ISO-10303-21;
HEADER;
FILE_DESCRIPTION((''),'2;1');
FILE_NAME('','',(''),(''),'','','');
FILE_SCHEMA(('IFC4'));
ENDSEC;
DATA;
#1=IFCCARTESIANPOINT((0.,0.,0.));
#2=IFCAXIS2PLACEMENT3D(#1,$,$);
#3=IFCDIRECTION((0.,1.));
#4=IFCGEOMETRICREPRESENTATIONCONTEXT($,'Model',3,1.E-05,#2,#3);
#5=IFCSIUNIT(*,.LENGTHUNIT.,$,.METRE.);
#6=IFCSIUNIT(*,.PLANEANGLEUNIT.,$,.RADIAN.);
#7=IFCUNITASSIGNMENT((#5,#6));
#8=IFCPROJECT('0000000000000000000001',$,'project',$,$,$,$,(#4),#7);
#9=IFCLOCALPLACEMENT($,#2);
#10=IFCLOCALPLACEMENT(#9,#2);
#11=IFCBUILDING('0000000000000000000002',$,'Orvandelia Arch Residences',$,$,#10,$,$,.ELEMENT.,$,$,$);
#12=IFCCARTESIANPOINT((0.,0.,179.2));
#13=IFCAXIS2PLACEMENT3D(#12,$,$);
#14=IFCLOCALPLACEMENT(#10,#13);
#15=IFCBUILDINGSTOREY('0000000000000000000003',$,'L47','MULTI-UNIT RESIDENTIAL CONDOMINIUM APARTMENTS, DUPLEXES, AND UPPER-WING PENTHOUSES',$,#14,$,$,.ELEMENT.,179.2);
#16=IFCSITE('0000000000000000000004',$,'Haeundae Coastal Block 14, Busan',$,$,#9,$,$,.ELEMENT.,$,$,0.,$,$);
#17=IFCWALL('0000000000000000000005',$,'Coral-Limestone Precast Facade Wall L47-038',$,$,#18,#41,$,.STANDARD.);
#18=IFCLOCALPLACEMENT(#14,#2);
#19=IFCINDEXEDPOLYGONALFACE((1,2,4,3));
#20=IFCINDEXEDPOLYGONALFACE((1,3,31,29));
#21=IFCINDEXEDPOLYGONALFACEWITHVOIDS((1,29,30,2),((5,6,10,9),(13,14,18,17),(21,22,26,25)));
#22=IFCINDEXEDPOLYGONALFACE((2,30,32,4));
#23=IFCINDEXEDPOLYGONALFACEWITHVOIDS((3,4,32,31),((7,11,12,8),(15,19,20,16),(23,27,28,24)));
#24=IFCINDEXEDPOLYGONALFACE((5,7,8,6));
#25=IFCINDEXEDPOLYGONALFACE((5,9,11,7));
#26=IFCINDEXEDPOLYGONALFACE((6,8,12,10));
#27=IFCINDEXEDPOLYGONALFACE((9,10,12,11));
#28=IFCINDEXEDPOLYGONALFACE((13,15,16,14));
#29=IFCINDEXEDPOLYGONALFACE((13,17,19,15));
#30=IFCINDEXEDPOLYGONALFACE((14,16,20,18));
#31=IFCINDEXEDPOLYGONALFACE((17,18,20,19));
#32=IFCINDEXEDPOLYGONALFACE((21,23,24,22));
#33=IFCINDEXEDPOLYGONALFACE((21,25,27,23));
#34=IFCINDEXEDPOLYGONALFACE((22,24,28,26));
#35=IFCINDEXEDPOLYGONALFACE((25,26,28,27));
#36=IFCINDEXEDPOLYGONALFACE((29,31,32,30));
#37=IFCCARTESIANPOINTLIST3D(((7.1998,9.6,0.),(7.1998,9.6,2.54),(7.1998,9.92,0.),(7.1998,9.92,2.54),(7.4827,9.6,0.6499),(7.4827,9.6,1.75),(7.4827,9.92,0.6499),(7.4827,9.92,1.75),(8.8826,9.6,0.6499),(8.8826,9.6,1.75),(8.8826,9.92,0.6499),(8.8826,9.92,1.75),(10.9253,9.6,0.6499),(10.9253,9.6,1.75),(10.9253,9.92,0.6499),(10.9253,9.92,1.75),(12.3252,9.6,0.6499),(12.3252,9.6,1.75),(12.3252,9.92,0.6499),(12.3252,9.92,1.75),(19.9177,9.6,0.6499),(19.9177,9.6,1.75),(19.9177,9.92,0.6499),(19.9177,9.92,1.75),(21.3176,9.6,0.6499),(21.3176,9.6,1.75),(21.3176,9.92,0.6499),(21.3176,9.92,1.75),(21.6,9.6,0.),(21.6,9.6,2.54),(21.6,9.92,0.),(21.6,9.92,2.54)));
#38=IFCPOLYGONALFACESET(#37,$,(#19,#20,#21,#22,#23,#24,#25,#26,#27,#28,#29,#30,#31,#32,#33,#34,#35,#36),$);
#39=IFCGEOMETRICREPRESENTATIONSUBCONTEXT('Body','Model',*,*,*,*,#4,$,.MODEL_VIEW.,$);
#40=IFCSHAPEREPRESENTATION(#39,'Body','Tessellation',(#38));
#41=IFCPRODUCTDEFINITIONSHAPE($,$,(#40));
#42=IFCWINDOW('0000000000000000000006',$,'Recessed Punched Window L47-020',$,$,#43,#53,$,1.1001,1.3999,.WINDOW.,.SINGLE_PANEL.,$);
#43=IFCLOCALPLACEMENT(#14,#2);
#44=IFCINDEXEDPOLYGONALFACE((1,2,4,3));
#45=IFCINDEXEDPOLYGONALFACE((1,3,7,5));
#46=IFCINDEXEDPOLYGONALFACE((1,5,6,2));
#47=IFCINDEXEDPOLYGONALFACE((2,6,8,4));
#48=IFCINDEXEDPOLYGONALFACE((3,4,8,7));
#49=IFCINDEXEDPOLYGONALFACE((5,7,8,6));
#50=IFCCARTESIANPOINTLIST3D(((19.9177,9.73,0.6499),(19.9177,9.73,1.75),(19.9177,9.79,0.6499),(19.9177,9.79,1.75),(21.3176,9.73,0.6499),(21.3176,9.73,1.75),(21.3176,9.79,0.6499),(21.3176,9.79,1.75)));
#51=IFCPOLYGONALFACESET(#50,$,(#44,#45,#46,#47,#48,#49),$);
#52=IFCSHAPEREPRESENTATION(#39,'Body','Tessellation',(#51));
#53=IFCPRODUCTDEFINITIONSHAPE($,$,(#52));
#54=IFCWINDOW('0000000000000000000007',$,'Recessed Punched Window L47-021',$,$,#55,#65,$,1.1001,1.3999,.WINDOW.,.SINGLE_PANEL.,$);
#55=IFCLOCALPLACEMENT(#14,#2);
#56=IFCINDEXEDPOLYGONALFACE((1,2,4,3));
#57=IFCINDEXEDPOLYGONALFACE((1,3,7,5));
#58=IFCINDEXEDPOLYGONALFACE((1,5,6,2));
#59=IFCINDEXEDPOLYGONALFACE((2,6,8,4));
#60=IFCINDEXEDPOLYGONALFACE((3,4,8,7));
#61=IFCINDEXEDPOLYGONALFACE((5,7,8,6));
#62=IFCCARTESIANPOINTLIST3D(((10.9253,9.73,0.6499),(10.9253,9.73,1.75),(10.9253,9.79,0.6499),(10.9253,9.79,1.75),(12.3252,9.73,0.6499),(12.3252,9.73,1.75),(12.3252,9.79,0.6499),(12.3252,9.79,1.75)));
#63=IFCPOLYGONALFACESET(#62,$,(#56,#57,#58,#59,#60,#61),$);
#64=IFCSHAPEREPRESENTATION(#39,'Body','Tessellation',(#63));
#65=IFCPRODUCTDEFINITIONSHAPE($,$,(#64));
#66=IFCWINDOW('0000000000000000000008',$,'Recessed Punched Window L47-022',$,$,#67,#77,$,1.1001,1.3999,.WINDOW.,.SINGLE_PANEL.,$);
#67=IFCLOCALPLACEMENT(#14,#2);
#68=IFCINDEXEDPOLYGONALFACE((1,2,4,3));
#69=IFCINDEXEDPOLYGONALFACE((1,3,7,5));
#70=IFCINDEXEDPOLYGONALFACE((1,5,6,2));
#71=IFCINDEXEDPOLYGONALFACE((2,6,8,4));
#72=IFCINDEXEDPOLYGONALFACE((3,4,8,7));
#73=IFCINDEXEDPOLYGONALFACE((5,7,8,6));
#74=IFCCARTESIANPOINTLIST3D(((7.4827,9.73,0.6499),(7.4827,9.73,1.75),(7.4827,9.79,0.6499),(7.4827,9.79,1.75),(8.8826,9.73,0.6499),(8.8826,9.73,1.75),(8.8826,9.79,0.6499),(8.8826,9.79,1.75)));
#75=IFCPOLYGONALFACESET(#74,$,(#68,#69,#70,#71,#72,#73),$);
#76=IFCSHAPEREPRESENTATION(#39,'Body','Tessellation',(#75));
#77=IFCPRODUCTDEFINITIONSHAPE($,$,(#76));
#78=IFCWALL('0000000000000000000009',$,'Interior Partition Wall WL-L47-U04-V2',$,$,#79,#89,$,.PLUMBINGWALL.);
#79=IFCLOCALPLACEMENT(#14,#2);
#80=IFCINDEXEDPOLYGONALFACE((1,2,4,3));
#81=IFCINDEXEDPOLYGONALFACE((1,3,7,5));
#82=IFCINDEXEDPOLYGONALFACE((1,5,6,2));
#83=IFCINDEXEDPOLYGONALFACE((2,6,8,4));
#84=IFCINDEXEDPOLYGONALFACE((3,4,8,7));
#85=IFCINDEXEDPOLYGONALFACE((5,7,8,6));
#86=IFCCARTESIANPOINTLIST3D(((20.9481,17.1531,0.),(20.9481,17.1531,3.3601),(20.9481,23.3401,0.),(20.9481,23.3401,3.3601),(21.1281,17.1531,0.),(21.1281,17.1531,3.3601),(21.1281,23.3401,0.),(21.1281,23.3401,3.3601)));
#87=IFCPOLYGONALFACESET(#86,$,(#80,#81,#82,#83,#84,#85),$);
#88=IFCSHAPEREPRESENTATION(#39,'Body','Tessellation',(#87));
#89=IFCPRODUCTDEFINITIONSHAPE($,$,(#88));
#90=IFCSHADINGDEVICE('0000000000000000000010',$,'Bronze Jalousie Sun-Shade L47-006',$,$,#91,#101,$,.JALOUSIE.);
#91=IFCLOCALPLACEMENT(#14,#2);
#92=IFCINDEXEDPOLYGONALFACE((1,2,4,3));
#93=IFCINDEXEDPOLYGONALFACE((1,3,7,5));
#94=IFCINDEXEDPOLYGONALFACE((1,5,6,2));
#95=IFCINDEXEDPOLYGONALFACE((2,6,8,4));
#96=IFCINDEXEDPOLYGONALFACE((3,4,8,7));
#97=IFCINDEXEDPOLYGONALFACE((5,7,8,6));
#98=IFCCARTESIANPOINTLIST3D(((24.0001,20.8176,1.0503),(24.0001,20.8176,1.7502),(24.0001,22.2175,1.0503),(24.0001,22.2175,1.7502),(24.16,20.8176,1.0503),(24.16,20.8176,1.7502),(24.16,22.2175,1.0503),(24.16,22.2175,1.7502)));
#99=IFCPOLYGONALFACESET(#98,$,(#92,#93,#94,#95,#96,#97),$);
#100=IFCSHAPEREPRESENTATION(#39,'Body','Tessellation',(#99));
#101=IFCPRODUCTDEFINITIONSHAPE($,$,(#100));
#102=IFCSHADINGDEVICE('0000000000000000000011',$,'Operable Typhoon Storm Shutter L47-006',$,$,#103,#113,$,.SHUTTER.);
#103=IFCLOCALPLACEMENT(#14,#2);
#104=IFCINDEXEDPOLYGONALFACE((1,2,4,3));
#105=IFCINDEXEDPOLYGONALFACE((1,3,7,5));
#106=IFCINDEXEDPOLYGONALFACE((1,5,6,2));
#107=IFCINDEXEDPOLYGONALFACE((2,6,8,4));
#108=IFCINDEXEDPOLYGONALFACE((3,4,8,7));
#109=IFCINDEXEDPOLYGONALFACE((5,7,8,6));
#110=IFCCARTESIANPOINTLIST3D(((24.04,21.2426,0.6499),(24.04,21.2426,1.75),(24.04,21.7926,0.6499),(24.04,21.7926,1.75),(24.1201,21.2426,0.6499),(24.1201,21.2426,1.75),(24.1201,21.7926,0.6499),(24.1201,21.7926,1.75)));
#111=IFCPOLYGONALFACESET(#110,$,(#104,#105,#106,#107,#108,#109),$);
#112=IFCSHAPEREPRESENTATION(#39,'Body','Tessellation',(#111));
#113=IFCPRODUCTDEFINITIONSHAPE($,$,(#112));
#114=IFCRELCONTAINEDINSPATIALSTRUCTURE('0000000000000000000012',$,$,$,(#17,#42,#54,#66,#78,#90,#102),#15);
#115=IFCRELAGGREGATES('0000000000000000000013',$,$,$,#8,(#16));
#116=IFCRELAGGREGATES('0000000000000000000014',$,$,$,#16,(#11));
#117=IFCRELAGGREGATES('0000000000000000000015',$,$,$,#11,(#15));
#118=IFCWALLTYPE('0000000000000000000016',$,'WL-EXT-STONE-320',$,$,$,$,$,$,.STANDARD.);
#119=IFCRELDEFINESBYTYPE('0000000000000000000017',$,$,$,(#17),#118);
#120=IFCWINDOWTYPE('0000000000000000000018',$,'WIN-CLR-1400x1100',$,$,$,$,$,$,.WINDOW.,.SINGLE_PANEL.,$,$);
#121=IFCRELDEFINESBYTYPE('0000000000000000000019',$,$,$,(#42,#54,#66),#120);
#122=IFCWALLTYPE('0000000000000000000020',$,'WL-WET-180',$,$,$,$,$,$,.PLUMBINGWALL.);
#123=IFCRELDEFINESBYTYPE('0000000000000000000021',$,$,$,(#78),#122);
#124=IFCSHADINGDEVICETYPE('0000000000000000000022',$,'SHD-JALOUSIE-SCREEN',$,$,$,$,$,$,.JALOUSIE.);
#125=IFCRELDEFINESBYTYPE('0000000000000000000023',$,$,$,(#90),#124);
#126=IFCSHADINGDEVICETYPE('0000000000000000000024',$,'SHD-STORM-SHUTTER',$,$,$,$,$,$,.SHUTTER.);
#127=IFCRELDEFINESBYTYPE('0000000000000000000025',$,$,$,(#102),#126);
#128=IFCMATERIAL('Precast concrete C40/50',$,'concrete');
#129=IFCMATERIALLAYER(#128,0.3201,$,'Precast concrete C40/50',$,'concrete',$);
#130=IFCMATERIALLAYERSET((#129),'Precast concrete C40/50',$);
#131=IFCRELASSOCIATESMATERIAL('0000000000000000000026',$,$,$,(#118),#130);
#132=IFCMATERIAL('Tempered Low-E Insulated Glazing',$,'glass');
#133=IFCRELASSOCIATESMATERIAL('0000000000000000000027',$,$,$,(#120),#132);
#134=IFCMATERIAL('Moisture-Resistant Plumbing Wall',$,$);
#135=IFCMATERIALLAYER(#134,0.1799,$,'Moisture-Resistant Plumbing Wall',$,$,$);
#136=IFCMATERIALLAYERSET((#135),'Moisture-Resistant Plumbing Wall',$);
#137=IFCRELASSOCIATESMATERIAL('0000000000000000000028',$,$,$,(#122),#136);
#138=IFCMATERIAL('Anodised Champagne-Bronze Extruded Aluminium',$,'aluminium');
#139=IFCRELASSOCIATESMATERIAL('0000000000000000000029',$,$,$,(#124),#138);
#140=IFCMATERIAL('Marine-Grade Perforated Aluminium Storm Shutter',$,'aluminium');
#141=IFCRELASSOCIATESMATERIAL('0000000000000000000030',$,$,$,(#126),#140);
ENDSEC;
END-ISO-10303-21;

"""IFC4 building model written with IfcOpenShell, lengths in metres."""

from ifc_helpers import new_model, si_unit, direction, frame, frame_2d, origin, origin_2d, place, context, subcontext, project, spatial, rectangle, extrude, material, layer, layer_set, type_object, element, fill, save


model = new_model("IFC4")

# Units and contexts
model_context = context("Model", 3, precision=1e-05, world=origin(), true_north=direction((0.0, 1.0)))
body_context = subcontext(model_context, "Body", "Model", "MODEL_VIEW")
ifc_project = project(units=[si_unit("LENGTHUNIT", "METRE"), si_unit("PLANEANGLEUNIT", "RADIAN")], contexts=[model_context])

# Site, building, storey
site_placement = place(None, origin())
site = spatial("IfcSite", under=ifc_project, at=site_placement, Name="Haeundae Coastal Block 14, Busan", CompositionType="ELEMENT", RefElevation=0.0)
building_placement = place(site_placement, origin())
building = spatial("IfcBuilding", under=site, at=building_placement, Name="Orvandelia Arch Residences", CompositionType="ELEMENT")
storey_placement = place(building_placement, frame((0.0, 0.0, 179.2)))
storey = spatial("IfcBuildingStorey", under=building, at=storey_placement, Name="L47", Description="MULTI-UNIT RESIDENTIAL CONDOMINIUM APARTMENTS, DUPLEXES, AND UPPER-WING PENTHOUSES", CompositionType="ELEMENT", Elevation=179.2)

# Shared definitions
ifc_material_1 = material(Name="Precast concrete C40/50", Category="concrete")
ifc_layer_1 = layer(ifc_material_1, 0.3201, Name="Precast concrete C40/50", Category="concrete")
ifc_layer_set_1 = layer_set([ifc_layer_1], Name="Precast concrete C40/50")
wall_type_1 = type_object("IfcWallType", Name="WL-EXT-STONE-320", PredefinedType="STANDARD", material=ifc_layer_set_1)

# Wall, openings, windows
wall_1_placement = place(storey_placement, frame((21.6001, 9.76, 0.0), z_axis=(0.0, 0.0, 1.0), x_axis=(-1.0, 0.0, 0.0)))
wall_1 = element("IfcWall", 1, at=wall_1_placement, inside=storey, type_object=wall_type_1, Name="Coral-Limestone Precast Facade Wall L47-038", PredefinedType="STANDARD", context=body_context, shape_type="SweptSolid", body=[
    extrude(rectangle(XDim=14.4001, YDim=0.3201, at=frame_2d((7.2002, 0.0))), origin(), (0.0, 0.0, 1.0), 2.54),
])
opening_1_placement = place(wall_1_placement, frame((0.2825, 0.0, 0.6499)))
opening_1 = element("IfcOpeningElement", 2, at=opening_1_placement, cuts=wall_1, PredefinedType="OPENING", context=body_context, shape_type="SweptSolid", body=[
    extrude(rectangle(XDim=1.3999, YDim=1.1001, at=frame_2d((0.7, 0.55))), frame((0.0, 0.1699, 0.0), z_axis=(0.0, -1.0, 0.0), x_axis=(1.0, 0.0, 0.0)), (0.0, 0.0, 1.0), 0.3401),
])
opening_2_placement = place(wall_1_placement, frame((9.2749, 0.0, 0.6499)))
opening_2 = element("IfcOpeningElement", 3, at=opening_2_placement, cuts=wall_1, PredefinedType="OPENING", context=body_context, shape_type="SweptSolid", body=[
    extrude(rectangle(XDim=1.3999, YDim=1.1001, at=frame_2d((0.7, 0.55))), frame((0.0, 0.1699, 0.0), z_axis=(0.0, -1.0, 0.0), x_axis=(1.0, 0.0, 0.0)), (0.0, 0.0, 1.0), 0.3401),
])
opening_3_placement = place(wall_1_placement, frame((12.7175, 0.0, 0.6499)))
opening_3 = element("IfcOpeningElement", 4, at=opening_3_placement, cuts=wall_1, PredefinedType="OPENING", context=body_context, shape_type="SweptSolid", body=[
    extrude(rectangle(XDim=1.3999, YDim=1.1001, at=frame_2d((0.7, 0.55))), frame((0.0, 0.1699, 0.0), z_axis=(0.0, -1.0, 0.0), x_axis=(1.0, 0.0, 0.0)), (0.0, 0.0, 1.0), 0.3401),
])
ifc_material_2 = material(Name="Tempered Low-E Insulated Glazing", Category="glass")
window_type = type_object("IfcWindowType", Name="WIN-CLR-1400x1100", PartitioningType="SINGLE_PANEL", PredefinedType="WINDOW", material=ifc_material_2)
window_1_placement = place(opening_1_placement, origin())
window_1 = element("IfcWindow", 5, at=window_1_placement, inside=storey, type_object=window_type, Name="Recessed Punched Window L47-020", OverallHeight=1.1001, OverallWidth=1.3999, PartitioningType="SINGLE_PANEL", PredefinedType="WINDOW", context=body_context, shape_type="SweptSolid", body=[
    extrude(rectangle(XDim=1.3999, YDim=1.1001, at=frame_2d((0.7, 0.55))), frame((0.0, 0.03, 0.0), z_axis=(0.0, -1.0, 0.0), x_axis=(1.0, 0.0, 0.0)), (0.0, 0.0, 1.0), 0.0601),
])
fill(opening_1, window_1)
window_2_placement = place(opening_2_placement, origin())
window_2 = element("IfcWindow", 6, at=window_2_placement, inside=storey, type_object=window_type, Name="Recessed Punched Window L47-021", OverallHeight=1.1001, OverallWidth=1.3999, PartitioningType="SINGLE_PANEL", PredefinedType="WINDOW", context=body_context, shape_type="SweptSolid", body=[
    extrude(rectangle(XDim=1.3999, YDim=1.1001, at=frame_2d((0.7, 0.55))), frame((0.0, 0.03, 0.0), z_axis=(0.0, -1.0, 0.0), x_axis=(1.0, 0.0, 0.0)), (0.0, 0.0, 1.0), 0.0601),
])
fill(opening_2, window_2)
window_3_placement = place(opening_3_placement, origin())
window_3 = element("IfcWindow", 7, at=window_3_placement, inside=storey, type_object=window_type, Name="Recessed Punched Window L47-022", OverallHeight=1.1001, OverallWidth=1.3999, PartitioningType="SINGLE_PANEL", PredefinedType="WINDOW", context=body_context, shape_type="SweptSolid", body=[
    extrude(rectangle(XDim=1.3999, YDim=1.1001, at=frame_2d((0.7, 0.55))), frame((0.0, 0.03, 0.0), z_axis=(0.0, -1.0, 0.0), x_axis=(1.0, 0.0, 0.0)), (0.0, 0.0, 1.0), 0.0601),
])
fill(opening_3, window_3)

# Wall
ifc_material_3 = material(Name="Moisture-Resistant Plumbing Wall")
ifc_layer_2 = layer(ifc_material_3, 0.1799, Name="Moisture-Resistant Plumbing Wall")
ifc_layer_set_2 = layer_set([ifc_layer_2], Name="Moisture-Resistant Plumbing Wall")
wall_type_2 = type_object("IfcWallType", Name="WL-WET-180", PredefinedType="PLUMBINGWALL", material=ifc_layer_set_2)
wall_2_placement = place(storey_placement, frame((21.0381, 17.1531, 0.0), z_axis=(0.0, 0.0, 1.0), x_axis=(0.0, 1.0, 0.0)))
element("IfcWall", 8, at=wall_2_placement, inside=storey, type_object=wall_type_2, Name="Interior Partition Wall WL-L47-U04-V2", PredefinedType="PLUMBINGWALL", context=body_context, shape_type="SweptSolid", body=[
    extrude(rectangle(XDim=6.187, YDim=0.1799, at=frame_2d((3.0935, 0.0))), origin(), (0.0, 0.0, 1.0), 3.3601),
])

# Shading devices
ifc_material_4 = material(Name="Anodised Champagne-Bronze Extruded Aluminium", Category="aluminium")
shading_device_type_1 = type_object("IfcShadingDeviceType", Name="SHD-JALOUSIE-SCREEN", PredefinedType="JALOUSIE", material=ifc_material_4)
shading_device_1_placement = place(storey_placement, frame((24.0801, 21.5176, 1.0503), z_axis=(0.0, 0.0, 1.0), x_axis=(0.0, -1.0, 0.0)))
element("IfcShadingDevice", 9, at=shading_device_1_placement, inside=storey, type_object=shading_device_type_1, Name="Bronze Jalousie Sun-Shade L47-006", PredefinedType="JALOUSIE", context=body_context, shape_type="SweptSolid", body=[
    extrude(rectangle(XDim=1.3999, YDim=0.1599, at=origin_2d()), origin(), (0.0, 0.0, 1.0), 0.7),
])
ifc_material_5 = material(Name="Marine-Grade Perforated Aluminium Storm Shutter", Category="aluminium")
shading_device_type_2 = type_object("IfcShadingDeviceType", Name="SHD-STORM-SHUTTER", PredefinedType="SHUTTER", material=ifc_material_5)
shading_device_2_placement = place(storey_placement, frame((24.0801, 21.5176, 0.6499), z_axis=(0.0, 0.0, 1.0), x_axis=(0.0, -1.0, 0.0)))
element("IfcShadingDevice", 10, at=shading_device_2_placement, inside=storey, type_object=shading_device_type_2, Name="Operable Typhoon Storm Shutter L47-006", PredefinedType="SHUTTER", context=body_context, shape_type="SweptSolid", body=[
    extrude(rectangle(XDim=0.55, YDim=0.0801, at=origin_2d()), origin(), (0.0, 0.0, 1.0), 1.1001),
])

save(model, "model.ifc")
